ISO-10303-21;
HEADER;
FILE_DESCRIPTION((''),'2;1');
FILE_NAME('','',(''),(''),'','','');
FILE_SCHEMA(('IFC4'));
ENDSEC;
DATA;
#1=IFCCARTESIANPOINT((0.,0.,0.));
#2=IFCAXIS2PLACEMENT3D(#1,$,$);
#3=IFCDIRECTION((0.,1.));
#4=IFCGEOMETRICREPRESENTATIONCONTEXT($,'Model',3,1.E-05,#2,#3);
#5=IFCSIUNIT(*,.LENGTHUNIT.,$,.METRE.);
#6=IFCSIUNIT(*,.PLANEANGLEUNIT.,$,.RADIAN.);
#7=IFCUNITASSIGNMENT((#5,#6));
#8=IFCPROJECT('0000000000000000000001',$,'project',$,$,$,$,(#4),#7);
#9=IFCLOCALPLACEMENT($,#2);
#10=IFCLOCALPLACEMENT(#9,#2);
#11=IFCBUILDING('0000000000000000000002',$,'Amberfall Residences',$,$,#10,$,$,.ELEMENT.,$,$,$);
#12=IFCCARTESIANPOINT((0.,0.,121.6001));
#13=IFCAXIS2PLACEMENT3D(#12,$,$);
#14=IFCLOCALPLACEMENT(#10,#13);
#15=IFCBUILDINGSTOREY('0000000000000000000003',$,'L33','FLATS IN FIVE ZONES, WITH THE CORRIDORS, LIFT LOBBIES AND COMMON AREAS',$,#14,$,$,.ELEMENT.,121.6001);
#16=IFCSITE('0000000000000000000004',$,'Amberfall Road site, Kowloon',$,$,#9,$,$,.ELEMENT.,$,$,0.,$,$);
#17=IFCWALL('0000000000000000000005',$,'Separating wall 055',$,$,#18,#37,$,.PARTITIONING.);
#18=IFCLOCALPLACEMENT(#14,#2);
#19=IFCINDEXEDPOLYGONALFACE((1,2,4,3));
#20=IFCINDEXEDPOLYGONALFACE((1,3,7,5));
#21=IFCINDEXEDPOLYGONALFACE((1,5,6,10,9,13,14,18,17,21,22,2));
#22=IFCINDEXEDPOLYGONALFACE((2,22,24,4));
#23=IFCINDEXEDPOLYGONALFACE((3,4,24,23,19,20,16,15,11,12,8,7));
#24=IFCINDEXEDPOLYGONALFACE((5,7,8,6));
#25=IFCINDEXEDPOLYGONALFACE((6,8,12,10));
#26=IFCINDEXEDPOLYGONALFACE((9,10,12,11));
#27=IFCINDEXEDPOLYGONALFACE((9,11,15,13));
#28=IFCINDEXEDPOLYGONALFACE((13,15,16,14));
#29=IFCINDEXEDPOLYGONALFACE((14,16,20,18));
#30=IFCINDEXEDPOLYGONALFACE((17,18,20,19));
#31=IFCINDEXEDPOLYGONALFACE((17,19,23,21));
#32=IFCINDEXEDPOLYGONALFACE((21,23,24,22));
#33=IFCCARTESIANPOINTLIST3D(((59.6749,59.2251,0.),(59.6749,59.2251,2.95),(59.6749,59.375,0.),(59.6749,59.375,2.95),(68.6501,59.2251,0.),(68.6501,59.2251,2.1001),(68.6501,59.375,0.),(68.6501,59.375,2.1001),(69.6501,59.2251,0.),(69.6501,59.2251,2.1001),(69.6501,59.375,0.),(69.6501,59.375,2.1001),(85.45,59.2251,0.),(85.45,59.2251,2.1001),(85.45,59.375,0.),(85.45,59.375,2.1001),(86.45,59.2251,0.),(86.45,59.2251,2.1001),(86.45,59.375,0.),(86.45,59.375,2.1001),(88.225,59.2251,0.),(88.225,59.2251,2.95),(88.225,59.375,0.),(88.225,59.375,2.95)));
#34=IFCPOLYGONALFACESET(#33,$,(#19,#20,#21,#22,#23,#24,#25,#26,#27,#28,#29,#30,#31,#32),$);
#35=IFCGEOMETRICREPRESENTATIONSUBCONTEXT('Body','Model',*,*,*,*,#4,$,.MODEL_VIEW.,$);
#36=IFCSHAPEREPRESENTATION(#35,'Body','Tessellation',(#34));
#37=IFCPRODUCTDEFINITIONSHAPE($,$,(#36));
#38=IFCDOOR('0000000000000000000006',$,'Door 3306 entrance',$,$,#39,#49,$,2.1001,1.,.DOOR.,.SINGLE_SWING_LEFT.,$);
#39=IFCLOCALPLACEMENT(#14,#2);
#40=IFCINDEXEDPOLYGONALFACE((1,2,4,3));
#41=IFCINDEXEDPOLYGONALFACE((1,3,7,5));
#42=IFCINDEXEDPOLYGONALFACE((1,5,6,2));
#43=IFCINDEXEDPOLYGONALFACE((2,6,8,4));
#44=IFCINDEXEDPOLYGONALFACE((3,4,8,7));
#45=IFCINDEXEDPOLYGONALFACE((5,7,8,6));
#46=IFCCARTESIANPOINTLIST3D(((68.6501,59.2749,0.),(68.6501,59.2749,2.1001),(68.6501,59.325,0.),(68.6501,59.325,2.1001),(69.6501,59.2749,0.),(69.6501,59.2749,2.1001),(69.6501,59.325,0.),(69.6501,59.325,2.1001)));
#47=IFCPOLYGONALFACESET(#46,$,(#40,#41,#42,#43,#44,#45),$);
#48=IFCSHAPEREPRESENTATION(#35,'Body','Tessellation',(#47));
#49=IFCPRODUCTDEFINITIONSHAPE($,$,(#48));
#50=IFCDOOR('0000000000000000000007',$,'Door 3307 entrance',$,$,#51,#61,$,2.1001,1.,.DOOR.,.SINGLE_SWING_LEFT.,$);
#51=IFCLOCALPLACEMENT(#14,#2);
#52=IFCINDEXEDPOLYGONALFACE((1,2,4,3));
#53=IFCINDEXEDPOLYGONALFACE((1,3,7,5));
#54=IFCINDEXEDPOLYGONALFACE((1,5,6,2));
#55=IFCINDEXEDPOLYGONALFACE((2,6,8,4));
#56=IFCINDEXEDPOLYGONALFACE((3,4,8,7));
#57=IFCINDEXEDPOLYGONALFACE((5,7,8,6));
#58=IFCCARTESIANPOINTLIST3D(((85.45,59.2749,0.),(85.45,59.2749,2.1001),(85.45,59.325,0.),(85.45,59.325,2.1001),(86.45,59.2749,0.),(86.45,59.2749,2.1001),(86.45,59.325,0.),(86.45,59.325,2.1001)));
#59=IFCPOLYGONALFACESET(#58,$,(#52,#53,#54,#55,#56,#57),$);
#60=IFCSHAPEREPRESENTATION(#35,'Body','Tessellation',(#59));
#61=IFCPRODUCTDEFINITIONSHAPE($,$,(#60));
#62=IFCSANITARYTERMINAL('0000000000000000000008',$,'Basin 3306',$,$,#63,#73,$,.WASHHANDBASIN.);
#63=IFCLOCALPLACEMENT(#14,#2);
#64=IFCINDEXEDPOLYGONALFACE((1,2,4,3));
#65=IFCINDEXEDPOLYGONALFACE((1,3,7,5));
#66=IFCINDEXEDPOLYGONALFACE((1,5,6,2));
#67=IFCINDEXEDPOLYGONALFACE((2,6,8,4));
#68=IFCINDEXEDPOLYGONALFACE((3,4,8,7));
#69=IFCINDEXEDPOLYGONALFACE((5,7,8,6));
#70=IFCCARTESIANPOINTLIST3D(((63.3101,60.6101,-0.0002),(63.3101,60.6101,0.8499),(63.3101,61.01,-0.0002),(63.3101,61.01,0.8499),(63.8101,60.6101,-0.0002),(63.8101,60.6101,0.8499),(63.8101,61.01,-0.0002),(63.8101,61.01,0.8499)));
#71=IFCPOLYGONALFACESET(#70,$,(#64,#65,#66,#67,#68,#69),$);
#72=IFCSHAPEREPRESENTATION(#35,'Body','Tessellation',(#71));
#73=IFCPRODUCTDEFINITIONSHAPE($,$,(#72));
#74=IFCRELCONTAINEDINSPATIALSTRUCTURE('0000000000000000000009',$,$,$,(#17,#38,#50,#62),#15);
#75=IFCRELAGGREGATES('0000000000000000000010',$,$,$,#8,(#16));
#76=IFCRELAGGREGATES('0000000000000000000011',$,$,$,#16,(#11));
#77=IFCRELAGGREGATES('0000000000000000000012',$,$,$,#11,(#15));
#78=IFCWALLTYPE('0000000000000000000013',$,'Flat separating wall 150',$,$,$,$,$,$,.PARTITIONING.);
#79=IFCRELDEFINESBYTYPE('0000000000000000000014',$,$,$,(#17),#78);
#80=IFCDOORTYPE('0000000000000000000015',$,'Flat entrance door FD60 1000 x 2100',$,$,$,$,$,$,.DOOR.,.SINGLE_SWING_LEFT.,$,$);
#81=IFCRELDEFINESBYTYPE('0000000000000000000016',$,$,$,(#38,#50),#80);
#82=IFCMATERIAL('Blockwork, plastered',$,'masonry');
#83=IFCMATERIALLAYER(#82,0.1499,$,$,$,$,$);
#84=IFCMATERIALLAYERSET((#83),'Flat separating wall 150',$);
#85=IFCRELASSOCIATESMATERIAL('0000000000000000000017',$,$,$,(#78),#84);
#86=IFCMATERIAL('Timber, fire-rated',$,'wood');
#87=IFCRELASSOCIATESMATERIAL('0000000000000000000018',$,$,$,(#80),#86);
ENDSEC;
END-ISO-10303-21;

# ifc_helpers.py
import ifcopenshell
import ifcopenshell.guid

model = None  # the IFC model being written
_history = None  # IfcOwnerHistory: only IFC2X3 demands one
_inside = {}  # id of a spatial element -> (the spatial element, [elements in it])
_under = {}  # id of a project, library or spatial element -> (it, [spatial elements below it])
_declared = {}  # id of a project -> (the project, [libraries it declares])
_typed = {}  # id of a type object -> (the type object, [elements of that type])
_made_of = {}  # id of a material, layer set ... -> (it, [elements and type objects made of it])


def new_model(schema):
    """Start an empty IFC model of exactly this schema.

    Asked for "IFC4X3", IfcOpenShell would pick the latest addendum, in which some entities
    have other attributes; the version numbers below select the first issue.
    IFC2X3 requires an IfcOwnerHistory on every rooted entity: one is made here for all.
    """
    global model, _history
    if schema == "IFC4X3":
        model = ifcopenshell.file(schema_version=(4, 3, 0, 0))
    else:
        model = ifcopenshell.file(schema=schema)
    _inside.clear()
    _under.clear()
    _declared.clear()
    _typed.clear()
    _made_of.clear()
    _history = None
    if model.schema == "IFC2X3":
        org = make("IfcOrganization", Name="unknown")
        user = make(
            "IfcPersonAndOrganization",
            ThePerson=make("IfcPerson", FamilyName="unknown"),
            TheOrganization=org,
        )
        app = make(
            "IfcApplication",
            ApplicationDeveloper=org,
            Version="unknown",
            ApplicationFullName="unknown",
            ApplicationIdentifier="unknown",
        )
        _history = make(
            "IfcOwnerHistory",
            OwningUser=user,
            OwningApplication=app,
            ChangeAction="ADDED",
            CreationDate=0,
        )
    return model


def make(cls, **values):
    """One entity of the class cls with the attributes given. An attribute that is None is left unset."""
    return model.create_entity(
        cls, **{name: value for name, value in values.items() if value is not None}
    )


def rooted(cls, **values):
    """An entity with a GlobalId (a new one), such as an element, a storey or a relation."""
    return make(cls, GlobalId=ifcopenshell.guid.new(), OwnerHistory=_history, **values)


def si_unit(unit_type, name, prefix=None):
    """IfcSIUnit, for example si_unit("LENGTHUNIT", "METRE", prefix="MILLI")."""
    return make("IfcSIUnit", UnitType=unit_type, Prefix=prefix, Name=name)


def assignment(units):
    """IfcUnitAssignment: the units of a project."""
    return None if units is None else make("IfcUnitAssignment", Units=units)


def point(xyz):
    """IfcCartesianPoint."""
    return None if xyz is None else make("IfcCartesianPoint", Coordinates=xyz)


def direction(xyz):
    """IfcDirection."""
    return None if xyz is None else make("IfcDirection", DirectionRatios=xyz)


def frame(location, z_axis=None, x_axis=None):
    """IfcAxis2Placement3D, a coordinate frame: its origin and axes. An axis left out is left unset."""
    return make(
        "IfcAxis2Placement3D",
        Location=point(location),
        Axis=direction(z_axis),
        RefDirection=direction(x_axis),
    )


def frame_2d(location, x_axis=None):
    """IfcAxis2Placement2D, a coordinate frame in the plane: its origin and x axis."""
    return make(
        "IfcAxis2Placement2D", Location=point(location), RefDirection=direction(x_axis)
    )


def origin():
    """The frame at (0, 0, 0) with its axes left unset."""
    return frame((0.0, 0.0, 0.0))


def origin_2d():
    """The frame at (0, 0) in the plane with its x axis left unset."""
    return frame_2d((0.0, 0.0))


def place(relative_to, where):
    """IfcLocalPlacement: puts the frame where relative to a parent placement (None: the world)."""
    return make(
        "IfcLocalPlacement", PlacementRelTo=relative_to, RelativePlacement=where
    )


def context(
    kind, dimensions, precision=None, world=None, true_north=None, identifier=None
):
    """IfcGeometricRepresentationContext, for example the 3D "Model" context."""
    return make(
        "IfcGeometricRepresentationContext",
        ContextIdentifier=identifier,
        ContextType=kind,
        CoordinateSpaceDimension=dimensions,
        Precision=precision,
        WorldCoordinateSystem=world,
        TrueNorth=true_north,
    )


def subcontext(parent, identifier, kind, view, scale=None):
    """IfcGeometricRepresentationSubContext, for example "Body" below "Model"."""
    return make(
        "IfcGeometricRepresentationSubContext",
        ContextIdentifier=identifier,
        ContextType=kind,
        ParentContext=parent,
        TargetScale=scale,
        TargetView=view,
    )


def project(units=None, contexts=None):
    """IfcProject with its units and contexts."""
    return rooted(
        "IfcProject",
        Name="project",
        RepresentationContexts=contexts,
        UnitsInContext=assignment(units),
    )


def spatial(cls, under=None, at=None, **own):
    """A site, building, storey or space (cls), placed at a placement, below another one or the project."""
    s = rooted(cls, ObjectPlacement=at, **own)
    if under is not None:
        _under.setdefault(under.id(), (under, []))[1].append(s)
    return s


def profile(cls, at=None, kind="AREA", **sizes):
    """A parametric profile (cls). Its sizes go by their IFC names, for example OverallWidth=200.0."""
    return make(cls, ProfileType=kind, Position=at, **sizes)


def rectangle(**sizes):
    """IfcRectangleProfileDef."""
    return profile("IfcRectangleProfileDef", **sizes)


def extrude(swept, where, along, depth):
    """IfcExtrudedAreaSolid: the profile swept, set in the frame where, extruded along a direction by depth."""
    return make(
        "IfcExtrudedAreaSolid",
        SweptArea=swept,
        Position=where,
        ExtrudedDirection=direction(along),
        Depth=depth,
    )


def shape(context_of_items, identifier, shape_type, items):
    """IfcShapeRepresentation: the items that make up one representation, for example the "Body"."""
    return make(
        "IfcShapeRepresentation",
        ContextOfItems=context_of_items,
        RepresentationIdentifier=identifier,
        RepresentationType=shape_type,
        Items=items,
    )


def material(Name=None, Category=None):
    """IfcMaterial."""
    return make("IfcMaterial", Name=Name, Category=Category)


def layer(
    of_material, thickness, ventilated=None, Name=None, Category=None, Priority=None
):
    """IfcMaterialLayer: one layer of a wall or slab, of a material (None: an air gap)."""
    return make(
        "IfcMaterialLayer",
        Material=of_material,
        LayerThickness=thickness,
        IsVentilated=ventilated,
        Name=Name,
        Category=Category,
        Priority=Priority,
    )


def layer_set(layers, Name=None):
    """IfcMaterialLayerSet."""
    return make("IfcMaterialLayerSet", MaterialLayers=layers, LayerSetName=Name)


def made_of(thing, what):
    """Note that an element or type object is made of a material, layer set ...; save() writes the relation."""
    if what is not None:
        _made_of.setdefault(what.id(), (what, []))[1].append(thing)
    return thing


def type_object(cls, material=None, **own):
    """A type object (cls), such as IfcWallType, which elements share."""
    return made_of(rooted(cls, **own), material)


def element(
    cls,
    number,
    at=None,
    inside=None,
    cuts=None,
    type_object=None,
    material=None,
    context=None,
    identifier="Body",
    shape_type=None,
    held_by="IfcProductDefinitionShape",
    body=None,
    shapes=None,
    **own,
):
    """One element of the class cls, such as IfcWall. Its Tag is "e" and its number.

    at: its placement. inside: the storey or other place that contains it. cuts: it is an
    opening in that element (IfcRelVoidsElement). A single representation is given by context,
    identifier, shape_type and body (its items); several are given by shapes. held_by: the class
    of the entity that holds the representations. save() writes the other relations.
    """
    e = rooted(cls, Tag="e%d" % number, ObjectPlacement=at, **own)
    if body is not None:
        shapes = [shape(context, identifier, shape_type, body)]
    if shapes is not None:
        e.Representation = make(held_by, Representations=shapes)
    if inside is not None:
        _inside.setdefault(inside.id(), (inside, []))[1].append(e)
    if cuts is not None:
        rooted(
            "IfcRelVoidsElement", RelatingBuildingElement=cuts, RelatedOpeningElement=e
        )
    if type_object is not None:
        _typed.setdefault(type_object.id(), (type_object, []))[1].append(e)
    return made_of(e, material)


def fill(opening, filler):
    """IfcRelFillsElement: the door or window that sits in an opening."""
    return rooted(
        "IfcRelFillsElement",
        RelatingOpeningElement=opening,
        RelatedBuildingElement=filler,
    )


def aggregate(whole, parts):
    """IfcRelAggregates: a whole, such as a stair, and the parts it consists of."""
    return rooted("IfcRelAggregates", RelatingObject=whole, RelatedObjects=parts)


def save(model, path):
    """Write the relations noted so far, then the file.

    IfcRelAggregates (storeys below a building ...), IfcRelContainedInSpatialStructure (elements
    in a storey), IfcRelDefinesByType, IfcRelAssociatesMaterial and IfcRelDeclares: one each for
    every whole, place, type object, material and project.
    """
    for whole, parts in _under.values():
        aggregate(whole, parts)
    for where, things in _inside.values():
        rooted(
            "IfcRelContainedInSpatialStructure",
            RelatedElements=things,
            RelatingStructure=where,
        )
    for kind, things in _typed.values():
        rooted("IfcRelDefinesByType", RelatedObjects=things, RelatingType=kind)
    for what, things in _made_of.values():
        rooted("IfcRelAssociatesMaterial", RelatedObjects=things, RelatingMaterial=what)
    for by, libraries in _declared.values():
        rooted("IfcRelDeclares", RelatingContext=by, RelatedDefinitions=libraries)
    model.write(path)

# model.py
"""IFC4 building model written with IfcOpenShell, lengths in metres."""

from ifc_helpers import new_model, si_unit, direction, frame, frame_2d, origin, origin_2d, place, context, subcontext, project, spatial, rectangle, extrude, material, layer, layer_set, type_object, element, fill, save


model = new_model("IFC4")

# Units and contexts
model_context = context("Model", 3, precision=1e-05, world=origin(), true_north=direction((0.0, 1.0)))
body_context = subcontext(model_context, "Body", "Model", "MODEL_VIEW")
ifc_project = project(units=[si_unit("LENGTHUNIT", "METRE"), si_unit("PLANEANGLEUNIT", "RADIAN")], contexts=[model_context])

# Site, building, storey
site_placement = place(None, origin())
site = spatial("IfcSite", under=ifc_project, at=site_placement, Name="Amberfall Road site, Kowloon", CompositionType="ELEMENT", RefElevation=0.0)
building_placement = place(site_placement, origin())
building = spatial("IfcBuilding", under=site, at=building_placement, Name="Amberfall Residences", CompositionType="ELEMENT")
storey_placement = place(building_placement, frame((0.0, 0.0, 121.6001)))
storey = spatial("IfcBuildingStorey", under=building, at=storey_placement, Name="L33", Description="FLATS IN FIVE ZONES, WITH THE CORRIDORS, LIFT LOBBIES AND COMMON AREAS", CompositionType="ELEMENT", Elevation=121.6001)

# Shared definitions
ifc_material_1 = material(Name="Blockwork, plastered", Category="masonry")
ifc_layer_1 = layer(ifc_material_1, 0.1499)
ifc_layer_set_1 = layer_set([ifc_layer_1], Name="Flat separating wall 150")
wall_type_1 = type_object("IfcWallType", Name="Flat separating wall 150", PredefinedType="PARTITIONING", material=ifc_layer_set_1)

# Wall, openings, doors
wall_1_placement = place(storey_placement, frame((59.675, 59.3, 0.0), z_axis=(0.0, 0.0, 1.0), x_axis=(1.0, 0.0, 0.0)))
wall_1 = element("IfcWall", 1, at=wall_1_placement, inside=storey, type_object=wall_type_1, Name="Separating wall 055", PredefinedType="PARTITIONING", context=body_context, shape_type="SweptSolid", body=[
    extrude(rectangle(XDim=28.55, YDim=0.1499, at=frame_2d((14.2749, 0.0))), origin(), (0.0, 0.0, 1.0), 2.95),
])
opening_1_placement = place(wall_1_placement, frame((8.9751, 0.0, 0.0)))
opening_1 = element("IfcOpeningElement", 2, at=opening_1_placement, cuts=wall_1, PredefinedType="OPENING", context=body_context, shape_type="SweptSolid", body=[
    extrude(rectangle(XDim=1.0, YDim=2.1001, at=frame_2d((0.5, 1.05))), frame((0.0, 0.085, 0.0), z_axis=(0.0, -1.0, 0.0), x_axis=(1.0, 0.0, 0.0)), (0.0, 0.0, 1.0), 0.1699),
])
opening_2_placement = place(wall_1_placement, frame((25.7749, 0.0, 0.0)))
opening_2 = element("IfcOpeningElement", 3, at=opening_2_placement, cuts=wall_1, PredefinedType="OPENING", context=body_context, shape_type="SweptSolid", body=[
    extrude(rectangle(XDim=1.0, YDim=2.1001, at=frame_2d((0.5, 1.05))), frame((0.0, 0.085, 0.0), z_axis=(0.0, -1.0, 0.0), x_axis=(1.0, 0.0, 0.0)), (0.0, 0.0, 1.0), 0.1699),
])
ifc_material_2 = material(Name="Timber, fire-rated", Category="wood")
door_type_1 = type_object("IfcDoorType", Name="Flat entrance door FD60 1000 x 2100", OperationType="SINGLE_SWING_LEFT", PredefinedType="DOOR", material=ifc_material_2)
door_1_placement = place(opening_1_placement, origin())
door_1 = element("IfcDoor", 4, at=door_1_placement, inside=storey, type_object=door_type_1, Name="Door 3306 entrance", OperationType="SINGLE_SWING_LEFT", OverallHeight=2.1001, OverallWidth=1.0, PredefinedType="DOOR", context=body_context, shape_type="SweptSolid", body=[
    extrude(rectangle(XDim=1.0, YDim=2.1001, at=frame_2d((0.5, 1.05))), frame((0.0, 0.0249, 0.0), z_axis=(0.0, -1.0, 0.0), x_axis=(1.0, 0.0, 0.0)), (0.0, 0.0, 1.0), 0.05),
])
fill(opening_1, door_1)
door_2_placement = place(opening_2_placement, origin())
door_2 = element("IfcDoor", 5, at=door_2_placement, inside=storey, type_object=door_type_1, Name="Door 3307 entrance", OperationType="SINGLE_SWING_LEFT", OverallHeight=2.1001, OverallWidth=1.0, PredefinedType="DOOR", context=body_context, shape_type="SweptSolid", body=[
    extrude(rectangle(XDim=1.0, YDim=2.1001, at=frame_2d((0.5, 1.05))), frame((0.0, 0.0249, 0.0), z_axis=(0.0, -1.0, 0.0), x_axis=(1.0, 0.0, 0.0)), (0.0, 0.0, 1.0), 0.05),
])
fill(opening_2, door_2)

# Sanitary terminal
sanitary_terminal_placement = place(storey_placement, frame((63.5601, 60.8101, -0.0002), z_axis=(0.0, 0.0, 1.0), x_axis=(1.0, 0.0, 0.0)))
element("IfcSanitaryTerminal", 6, at=sanitary_terminal_placement, inside=storey, Name="Basin 3306", PredefinedType="WASHHANDBASIN", context=body_context, shape_type="SweptSolid", body=[
    extrude(rectangle(XDim=0.5, YDim=0.3999, at=origin_2d()), origin(), (0.0, 0.0, 1.0), 0.8501),
])

save(model, "model.ifc")
